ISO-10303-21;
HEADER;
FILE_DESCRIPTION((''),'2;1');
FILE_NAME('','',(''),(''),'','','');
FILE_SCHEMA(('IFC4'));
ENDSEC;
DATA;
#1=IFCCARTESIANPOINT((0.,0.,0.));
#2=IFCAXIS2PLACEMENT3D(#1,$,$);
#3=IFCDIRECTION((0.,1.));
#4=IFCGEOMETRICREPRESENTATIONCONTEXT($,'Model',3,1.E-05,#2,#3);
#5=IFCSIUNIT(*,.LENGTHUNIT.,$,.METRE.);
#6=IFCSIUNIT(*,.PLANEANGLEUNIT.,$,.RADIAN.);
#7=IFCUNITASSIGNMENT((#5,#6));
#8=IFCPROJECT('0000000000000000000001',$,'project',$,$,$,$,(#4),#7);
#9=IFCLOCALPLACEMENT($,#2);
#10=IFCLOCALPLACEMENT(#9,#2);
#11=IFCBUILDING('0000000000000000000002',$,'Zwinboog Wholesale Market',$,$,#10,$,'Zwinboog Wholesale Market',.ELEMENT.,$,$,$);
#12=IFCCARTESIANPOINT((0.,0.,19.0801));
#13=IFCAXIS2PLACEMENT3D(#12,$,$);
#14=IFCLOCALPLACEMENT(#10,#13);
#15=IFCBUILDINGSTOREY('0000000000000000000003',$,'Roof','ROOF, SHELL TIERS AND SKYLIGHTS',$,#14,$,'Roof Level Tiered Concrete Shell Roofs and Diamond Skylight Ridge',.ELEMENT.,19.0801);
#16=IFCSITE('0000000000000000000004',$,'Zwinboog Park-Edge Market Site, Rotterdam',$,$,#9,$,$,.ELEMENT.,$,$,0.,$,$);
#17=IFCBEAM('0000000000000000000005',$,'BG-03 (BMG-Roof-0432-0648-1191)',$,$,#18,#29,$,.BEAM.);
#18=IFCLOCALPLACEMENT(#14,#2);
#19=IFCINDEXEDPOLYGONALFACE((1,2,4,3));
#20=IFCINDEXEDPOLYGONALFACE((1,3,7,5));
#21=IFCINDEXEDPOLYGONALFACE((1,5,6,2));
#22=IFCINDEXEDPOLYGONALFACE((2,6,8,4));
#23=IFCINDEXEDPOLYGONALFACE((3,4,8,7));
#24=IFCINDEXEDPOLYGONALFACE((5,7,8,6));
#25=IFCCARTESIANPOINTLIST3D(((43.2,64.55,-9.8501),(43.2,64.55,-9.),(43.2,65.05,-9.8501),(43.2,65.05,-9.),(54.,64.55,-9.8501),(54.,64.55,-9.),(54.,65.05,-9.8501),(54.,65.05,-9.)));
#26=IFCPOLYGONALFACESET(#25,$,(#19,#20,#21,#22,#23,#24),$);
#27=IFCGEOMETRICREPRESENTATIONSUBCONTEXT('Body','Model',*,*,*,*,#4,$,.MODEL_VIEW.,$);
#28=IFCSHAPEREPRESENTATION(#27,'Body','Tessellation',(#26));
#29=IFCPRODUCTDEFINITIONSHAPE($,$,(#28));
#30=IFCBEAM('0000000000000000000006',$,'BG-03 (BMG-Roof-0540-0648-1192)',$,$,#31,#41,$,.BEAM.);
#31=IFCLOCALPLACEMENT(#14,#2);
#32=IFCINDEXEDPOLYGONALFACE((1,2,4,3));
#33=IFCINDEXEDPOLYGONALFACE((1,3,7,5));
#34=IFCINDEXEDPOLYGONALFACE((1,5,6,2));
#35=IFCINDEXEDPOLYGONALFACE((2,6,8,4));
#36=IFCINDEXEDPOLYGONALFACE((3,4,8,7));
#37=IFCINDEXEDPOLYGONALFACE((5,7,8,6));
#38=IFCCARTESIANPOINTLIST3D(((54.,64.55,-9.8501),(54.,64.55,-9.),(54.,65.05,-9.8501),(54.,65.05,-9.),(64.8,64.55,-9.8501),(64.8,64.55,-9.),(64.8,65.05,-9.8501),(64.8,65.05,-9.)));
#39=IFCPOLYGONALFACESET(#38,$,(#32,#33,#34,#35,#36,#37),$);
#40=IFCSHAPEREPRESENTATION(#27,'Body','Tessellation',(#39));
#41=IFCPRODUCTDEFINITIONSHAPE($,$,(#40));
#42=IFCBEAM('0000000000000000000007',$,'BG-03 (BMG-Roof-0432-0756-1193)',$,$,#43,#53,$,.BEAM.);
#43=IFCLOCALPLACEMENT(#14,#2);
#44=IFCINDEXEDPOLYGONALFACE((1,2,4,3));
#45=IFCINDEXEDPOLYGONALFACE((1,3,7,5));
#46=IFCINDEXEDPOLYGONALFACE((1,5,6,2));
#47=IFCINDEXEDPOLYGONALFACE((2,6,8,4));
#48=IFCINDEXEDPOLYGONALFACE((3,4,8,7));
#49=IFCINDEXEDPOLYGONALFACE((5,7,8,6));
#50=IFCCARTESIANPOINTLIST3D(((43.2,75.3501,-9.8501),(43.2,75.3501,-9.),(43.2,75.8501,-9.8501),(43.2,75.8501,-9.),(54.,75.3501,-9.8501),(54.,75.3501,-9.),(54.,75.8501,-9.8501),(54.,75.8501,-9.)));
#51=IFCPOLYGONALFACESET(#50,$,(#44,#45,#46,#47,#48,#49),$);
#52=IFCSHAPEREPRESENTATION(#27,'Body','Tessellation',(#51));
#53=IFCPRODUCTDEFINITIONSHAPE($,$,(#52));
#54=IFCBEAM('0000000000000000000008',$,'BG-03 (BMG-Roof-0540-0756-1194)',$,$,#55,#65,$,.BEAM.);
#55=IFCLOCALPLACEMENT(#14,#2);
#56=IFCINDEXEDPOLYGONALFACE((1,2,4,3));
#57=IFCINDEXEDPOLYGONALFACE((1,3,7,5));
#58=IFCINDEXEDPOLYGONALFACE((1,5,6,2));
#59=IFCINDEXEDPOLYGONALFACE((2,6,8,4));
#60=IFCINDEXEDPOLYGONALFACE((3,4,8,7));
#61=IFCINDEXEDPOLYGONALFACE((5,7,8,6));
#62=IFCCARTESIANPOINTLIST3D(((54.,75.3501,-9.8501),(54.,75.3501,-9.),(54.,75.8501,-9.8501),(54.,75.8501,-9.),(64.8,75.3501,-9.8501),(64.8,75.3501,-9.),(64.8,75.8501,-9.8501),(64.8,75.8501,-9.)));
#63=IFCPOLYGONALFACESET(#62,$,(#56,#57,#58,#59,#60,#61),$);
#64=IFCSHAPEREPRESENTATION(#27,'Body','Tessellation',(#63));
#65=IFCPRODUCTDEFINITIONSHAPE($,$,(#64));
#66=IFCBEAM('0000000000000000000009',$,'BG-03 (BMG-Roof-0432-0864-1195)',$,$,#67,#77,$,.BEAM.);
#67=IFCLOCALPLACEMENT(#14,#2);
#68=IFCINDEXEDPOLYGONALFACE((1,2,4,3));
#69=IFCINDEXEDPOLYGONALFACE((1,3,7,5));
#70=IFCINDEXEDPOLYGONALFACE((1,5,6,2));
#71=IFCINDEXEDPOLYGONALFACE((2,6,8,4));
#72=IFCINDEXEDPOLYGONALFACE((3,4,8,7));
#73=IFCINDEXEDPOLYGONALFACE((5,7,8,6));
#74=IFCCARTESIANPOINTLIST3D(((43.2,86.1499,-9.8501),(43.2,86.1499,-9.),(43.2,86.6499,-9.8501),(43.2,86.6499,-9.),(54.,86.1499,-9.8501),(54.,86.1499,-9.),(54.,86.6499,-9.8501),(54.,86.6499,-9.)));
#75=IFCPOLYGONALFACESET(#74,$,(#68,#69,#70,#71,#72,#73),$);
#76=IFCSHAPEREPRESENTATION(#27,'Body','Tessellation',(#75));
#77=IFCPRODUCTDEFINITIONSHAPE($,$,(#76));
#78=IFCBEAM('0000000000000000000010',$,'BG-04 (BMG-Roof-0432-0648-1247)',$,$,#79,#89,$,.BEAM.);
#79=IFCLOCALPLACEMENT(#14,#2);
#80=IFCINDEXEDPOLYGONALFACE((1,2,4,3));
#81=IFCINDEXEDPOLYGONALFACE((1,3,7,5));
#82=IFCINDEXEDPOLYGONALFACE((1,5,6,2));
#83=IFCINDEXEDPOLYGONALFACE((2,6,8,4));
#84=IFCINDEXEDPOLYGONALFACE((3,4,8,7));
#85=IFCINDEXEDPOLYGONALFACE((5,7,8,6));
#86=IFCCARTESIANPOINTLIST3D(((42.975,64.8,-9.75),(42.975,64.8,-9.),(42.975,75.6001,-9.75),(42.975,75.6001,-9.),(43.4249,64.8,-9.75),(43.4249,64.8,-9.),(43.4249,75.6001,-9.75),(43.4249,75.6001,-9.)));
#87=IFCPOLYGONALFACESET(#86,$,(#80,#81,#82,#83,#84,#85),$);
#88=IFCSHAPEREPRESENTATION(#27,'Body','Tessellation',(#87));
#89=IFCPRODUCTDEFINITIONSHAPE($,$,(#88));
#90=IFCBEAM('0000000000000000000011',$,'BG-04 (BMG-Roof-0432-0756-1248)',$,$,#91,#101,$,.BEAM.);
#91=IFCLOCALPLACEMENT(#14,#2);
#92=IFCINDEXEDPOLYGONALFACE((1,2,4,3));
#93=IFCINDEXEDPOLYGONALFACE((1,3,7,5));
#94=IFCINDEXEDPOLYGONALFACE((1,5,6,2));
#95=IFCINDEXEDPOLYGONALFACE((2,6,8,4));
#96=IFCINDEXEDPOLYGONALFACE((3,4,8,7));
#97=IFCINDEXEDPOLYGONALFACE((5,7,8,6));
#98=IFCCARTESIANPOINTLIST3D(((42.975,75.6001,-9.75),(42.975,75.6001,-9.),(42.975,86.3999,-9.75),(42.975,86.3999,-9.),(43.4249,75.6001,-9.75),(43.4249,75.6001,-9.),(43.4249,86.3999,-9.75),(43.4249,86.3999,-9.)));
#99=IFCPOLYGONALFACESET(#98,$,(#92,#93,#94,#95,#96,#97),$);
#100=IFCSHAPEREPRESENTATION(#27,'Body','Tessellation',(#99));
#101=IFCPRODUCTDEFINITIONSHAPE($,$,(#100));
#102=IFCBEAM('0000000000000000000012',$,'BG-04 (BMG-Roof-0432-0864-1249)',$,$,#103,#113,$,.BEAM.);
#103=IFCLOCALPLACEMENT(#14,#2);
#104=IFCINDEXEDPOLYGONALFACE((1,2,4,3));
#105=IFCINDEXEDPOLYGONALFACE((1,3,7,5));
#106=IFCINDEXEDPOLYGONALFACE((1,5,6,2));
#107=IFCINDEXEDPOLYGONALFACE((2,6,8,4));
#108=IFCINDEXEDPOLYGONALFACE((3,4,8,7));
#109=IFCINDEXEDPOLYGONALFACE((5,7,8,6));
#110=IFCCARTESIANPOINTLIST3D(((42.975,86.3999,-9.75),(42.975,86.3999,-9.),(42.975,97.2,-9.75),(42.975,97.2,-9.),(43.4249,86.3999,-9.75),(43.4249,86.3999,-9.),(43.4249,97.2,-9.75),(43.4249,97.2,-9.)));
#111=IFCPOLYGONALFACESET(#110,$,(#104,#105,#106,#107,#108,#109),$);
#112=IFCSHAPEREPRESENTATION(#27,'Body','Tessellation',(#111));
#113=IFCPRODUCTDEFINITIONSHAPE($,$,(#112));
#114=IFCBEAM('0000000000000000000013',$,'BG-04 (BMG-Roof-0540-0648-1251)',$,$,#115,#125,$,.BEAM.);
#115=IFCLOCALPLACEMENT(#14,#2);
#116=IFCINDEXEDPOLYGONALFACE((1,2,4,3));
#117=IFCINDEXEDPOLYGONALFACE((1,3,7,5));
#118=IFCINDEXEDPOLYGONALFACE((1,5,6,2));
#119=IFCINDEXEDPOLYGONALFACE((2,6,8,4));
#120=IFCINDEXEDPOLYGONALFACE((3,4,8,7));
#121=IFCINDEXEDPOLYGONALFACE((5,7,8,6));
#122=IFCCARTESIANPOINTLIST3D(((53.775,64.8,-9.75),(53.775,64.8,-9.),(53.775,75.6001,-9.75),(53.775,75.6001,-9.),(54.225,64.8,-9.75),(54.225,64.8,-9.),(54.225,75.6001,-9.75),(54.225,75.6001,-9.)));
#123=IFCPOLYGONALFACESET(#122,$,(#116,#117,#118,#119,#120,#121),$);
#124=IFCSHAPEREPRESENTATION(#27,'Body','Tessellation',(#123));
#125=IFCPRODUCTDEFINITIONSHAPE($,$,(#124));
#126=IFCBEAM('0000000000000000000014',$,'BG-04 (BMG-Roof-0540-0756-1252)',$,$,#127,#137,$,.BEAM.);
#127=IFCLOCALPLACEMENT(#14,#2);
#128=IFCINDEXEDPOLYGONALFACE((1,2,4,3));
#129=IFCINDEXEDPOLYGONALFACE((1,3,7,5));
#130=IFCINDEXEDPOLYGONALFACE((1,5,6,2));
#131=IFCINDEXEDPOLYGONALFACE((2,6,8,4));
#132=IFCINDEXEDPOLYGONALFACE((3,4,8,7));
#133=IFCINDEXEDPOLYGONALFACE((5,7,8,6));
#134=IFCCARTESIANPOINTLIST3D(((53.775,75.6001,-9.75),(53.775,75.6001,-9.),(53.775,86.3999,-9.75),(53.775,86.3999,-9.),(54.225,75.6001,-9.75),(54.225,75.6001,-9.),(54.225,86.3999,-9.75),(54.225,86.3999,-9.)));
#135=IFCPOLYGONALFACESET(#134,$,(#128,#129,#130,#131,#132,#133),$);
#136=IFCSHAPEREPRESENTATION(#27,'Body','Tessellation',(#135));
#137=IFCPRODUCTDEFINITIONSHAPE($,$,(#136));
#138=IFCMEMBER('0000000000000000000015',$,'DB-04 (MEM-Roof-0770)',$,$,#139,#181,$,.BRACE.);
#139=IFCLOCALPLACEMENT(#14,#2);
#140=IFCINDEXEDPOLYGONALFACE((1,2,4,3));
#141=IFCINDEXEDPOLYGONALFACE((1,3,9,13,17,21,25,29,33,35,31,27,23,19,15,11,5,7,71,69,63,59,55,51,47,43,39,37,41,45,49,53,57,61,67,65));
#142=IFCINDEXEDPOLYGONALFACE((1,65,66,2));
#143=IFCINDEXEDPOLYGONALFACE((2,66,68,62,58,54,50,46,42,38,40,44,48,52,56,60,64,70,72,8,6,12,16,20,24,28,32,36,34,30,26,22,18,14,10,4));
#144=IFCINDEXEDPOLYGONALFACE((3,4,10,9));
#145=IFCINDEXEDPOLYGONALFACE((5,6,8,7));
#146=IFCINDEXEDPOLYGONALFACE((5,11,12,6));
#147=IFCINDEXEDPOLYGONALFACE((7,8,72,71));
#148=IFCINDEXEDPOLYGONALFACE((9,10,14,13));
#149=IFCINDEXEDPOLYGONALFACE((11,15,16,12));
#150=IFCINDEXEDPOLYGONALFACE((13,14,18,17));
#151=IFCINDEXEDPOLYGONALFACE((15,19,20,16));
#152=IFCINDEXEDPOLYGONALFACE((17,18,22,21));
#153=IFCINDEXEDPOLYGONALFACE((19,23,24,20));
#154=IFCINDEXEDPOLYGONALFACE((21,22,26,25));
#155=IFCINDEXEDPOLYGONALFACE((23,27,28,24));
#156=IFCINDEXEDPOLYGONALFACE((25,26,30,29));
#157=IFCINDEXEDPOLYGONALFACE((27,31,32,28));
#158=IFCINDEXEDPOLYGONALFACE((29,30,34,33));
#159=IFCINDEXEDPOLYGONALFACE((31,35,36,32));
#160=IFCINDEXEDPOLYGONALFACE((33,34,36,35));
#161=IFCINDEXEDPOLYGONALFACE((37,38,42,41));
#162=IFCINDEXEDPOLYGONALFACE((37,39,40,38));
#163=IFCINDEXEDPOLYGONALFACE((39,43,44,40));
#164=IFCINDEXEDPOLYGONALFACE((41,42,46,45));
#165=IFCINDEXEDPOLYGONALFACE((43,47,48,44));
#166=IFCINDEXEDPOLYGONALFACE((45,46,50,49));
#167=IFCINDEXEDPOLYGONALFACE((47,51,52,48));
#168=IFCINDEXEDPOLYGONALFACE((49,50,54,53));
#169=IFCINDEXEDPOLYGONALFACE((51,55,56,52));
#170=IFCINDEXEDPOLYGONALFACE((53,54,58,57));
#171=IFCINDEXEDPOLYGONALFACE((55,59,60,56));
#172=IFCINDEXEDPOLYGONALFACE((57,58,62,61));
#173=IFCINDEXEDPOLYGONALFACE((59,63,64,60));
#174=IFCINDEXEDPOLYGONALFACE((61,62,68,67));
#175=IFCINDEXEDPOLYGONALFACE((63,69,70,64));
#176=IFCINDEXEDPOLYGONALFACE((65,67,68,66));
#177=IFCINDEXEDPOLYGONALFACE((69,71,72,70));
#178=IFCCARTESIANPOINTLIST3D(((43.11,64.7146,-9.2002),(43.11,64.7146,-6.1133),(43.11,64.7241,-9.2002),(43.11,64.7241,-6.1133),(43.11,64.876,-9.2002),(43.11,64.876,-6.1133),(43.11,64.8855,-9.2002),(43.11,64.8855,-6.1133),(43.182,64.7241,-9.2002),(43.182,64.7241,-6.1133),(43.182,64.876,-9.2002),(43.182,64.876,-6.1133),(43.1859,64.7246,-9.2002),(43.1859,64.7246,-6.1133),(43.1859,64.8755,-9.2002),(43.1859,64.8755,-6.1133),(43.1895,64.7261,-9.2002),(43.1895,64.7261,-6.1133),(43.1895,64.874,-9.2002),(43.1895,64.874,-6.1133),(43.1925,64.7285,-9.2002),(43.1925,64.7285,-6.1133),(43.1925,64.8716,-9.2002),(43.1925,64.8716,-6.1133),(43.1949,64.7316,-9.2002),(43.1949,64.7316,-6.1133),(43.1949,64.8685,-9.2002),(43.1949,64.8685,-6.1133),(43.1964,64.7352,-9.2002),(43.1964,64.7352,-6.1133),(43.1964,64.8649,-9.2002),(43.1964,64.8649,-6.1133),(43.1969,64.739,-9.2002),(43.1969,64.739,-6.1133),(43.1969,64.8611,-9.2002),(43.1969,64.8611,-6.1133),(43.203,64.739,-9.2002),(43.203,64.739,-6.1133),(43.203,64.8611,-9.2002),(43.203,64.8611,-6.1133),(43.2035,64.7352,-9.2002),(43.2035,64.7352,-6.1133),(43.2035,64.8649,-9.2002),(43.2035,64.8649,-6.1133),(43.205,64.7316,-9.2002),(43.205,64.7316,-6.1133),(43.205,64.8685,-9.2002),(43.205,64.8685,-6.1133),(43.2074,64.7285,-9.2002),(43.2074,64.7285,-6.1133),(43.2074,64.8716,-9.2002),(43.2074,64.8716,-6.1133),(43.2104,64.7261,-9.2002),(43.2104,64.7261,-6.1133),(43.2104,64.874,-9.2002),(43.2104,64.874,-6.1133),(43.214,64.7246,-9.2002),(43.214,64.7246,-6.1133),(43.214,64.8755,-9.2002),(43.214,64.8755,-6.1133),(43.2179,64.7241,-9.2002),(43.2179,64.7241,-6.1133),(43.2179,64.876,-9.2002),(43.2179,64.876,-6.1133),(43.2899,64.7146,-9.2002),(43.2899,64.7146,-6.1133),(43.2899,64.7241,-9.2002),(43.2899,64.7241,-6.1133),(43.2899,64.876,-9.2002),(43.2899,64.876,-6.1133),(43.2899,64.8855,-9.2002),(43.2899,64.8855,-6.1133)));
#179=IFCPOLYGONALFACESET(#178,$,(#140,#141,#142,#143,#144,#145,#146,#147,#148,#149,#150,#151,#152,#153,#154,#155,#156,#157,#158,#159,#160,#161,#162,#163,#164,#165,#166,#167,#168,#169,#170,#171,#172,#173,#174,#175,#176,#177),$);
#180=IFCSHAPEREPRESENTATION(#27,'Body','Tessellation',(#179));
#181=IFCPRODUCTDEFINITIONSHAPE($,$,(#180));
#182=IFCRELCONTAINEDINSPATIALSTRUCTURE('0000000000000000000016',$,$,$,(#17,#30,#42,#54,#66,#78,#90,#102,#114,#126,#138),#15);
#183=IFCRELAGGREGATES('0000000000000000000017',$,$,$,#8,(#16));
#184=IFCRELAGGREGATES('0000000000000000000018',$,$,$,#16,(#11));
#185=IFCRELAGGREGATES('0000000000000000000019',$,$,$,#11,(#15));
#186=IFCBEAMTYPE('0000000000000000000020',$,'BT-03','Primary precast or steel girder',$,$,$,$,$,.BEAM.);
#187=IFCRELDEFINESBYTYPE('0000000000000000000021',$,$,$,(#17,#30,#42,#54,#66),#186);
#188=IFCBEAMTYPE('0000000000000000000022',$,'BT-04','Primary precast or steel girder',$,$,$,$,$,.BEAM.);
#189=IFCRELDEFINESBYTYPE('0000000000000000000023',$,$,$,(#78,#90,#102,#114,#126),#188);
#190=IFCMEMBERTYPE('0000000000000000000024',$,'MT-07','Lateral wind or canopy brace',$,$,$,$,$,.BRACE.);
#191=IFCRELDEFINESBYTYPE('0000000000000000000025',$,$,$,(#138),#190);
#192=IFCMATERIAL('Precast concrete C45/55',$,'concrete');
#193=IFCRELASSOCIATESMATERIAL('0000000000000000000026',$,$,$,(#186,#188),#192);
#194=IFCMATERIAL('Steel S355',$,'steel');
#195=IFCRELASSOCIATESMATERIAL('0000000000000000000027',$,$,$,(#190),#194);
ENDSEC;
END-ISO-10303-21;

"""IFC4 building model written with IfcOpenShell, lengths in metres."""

from ifc_helpers import new_model, si_unit, direction, frame, origin, origin_2d, place, context, subcontext, project, spatial, rectangle, i_section, extrude, material, material_profile, profile_set, type_object, element, save


model = new_model("IFC4")

# Units and contexts
model_context = context("Model", 3, precision=1e-05, world=origin(), true_north=direction((0.0, 1.0)))
body_context = subcontext(model_context, "Body", "Model", "MODEL_VIEW")
ifc_project = project(units=[si_unit("LENGTHUNIT", "METRE"), si_unit("PLANEANGLEUNIT", "RADIAN")], contexts=[model_context])

# Site, building, storey
site_placement = place(None, origin())
site = spatial("IfcSite", under=ifc_project, at=site_placement, Name="Zwinboog Park-Edge Market Site, Rotterdam", CompositionType="ELEMENT", RefElevation=0.0)
building_placement = place(site_placement, origin())
building = spatial("IfcBuilding", under=site, at=building_placement, Name="Zwinboog Wholesale Market", LongName="Zwinboog Wholesale Market", CompositionType="ELEMENT")
storey_placement = place(building_placement, frame((0.0, 0.0, 19.0801)))
storey = spatial("IfcBuildingStorey", under=building, at=storey_placement, Name="Roof", Description="ROOF, SHELL TIERS AND SKYLIGHTS", LongName="Roof Level Tiered Concrete Shell Roofs and Diamond Skylight Ridge", CompositionType="ELEMENT", Elevation=19.0801)

# Beams
ifc_material_1 = material(Name="Precast concrete C45/55", Category="concrete")
ifc_material_profile_1 = material_profile(ifc_material_1, rectangle(XDim=0.5, YDim=0.8501, at=origin_2d()), Name="PC 500x850")
ifc_profile_set_1 = profile_set([ifc_material_profile_1], Name="Precast concrete C45/55")
beam_type_1 = type_object("IfcBeamType", Name="BT-03", Description="Primary precast or steel girder", PredefinedType="BEAM", material=ifc_profile_set_1)
for number, where, z_axis, x_axis, name in (
    (1, (43.2, 64.8, -9.425), (1.0, 0.0, 0.0), (0.0, 1.0, 0.0), "BG-03 (BMG-Roof-0432-0648-1191)"),
    (2, (54.0, 64.8, -9.425), (1.0, 0.0, 0.0), (0.0, 1.0, 0.0), "BG-03 (BMG-Roof-0540-0648-1192)"),
    (3, (43.2, 75.6001, -9.425), (1.0, 0.0, 0.0), (0.0, 1.0, 0.0), "BG-03 (BMG-Roof-0432-0756-1193)"),
    (4, (54.0, 75.6001, -9.425), (1.0, 0.0, 0.0), (0.0, 1.0, 0.0), "BG-03 (BMG-Roof-0540-0756-1194)"),
    (5, (43.2, 86.3999, -9.425), (1.0, 0.0, 0.0), (0.0, 1.0, 0.0), "BG-03 (BMG-Roof-0432-0864-1195)"),
):
    element("IfcBeam", number, at=place(storey_placement, frame(where, z_axis=z_axis, x_axis=x_axis)), inside=storey, type_object=beam_type_1, Name=name, PredefinedType="BEAM", context=body_context, shape_type="SweptSolid", body=[
        extrude(rectangle(XDim=0.5, YDim=0.8501, at=origin_2d()), origin(), (0.0, 0.0, 1.0), 10.8),
    ])
ifc_material_profile_2 = material_profile(ifc_material_1, rectangle(XDim=0.45, YDim=0.75, at=origin_2d()), Name="PC 450x750")
ifc_profile_set_2 = profile_set([ifc_material_profile_2], Name="Precast concrete C45/55")
beam_type_2 = type_object("IfcBeamType", Name="BT-04", Description="Primary precast or steel girder", PredefinedType="BEAM", material=ifc_profile_set_2)
beam_1_placement = place(storey_placement, frame((43.2, 64.8, -9.375), z_axis=(0.0, 1.0, 0.0), x_axis=(-1.0, 0.0, 0.0)))
element("IfcBeam", 6, at=beam_1_placement, inside=storey, type_object=beam_type_2, Name="BG-04 (BMG-Roof-0432-0648-1247)", PredefinedType="BEAM", context=body_context, shape_type="SweptSolid", body=[
    extrude(rectangle(XDim=0.45, YDim=0.75, at=origin_2d()), origin(), (0.0, 0.0, 1.0), 10.8),
])
beam_2_placement = place(storey_placement, frame((43.2, 75.6001, -9.375), z_axis=(0.0, 1.0, 0.0), x_axis=(-1.0, 0.0, 0.0)))
element("IfcBeam", 7, at=beam_2_placement, inside=storey, type_object=beam_type_2, Name="BG-04 (BMG-Roof-0432-0756-1248)", PredefinedType="BEAM", context=body_context, shape_type="SweptSolid", body=[
    extrude(rectangle(XDim=0.45, YDim=0.75, at=origin_2d()), origin(), (0.0, 0.0, 1.0), 10.7998),
])
for number, where, z_axis, x_axis, name in (
    (8, (43.2, 86.3999, -9.375), (0.0, 1.0, 0.0), (-1.0, 0.0, 0.0), "BG-04 (BMG-Roof-0432-0864-1249)"),
    (9, (54.0, 64.8, -9.375), (0.0, 1.0, 0.0), (-1.0, 0.0, 0.0), "BG-04 (BMG-Roof-0540-0648-1251)"),
):
    element("IfcBeam", number, at=place(storey_placement, frame(where, z_axis=z_axis, x_axis=x_axis)), inside=storey, type_object=beam_type_2, Name=name, PredefinedType="BEAM", context=body_context, shape_type="SweptSolid", body=[
        extrude(rectangle(XDim=0.45, YDim=0.75, at=origin_2d()), origin(), (0.0, 0.0, 1.0), 10.8),
    ])
beam_3_placement = place(storey_placement, frame((54.0, 75.6001, -9.375), z_axis=(0.0, 1.0, 0.0), x_axis=(-1.0, 0.0, 0.0)))
element("IfcBeam", 10, at=beam_3_placement, inside=storey, type_object=beam_type_2, Name="BG-04 (BMG-Roof-0540-0756-1252)", PredefinedType="BEAM", context=body_context, shape_type="SweptSolid", body=[
    extrude(rectangle(XDim=0.45, YDim=0.75, at=origin_2d()), origin(), (0.0, 0.0, 1.0), 10.7998),
])

# Member
ifc_material_2 = material(Name="Steel S355", Category="steel")
ifc_material_profile_3 = material_profile(ifc_material_2, i_section(OverallWidth=0.1799, OverallDepth=0.1709, WebThickness=0.0061, FlangeThickness=0.0095, FilletRadius=0.0149, at=origin_2d()), Name="HEA 180")
ifc_profile_set_3 = profile_set([ifc_material_profile_3], Name="Steel S355")
member_type_1 = type_object("IfcMemberType", Name="MT-07", Description="Lateral wind or canopy brace", PredefinedType="BRACE", material=ifc_profile_set_3)
member_1_placement = place(storey_placement, frame((43.2, 64.8, -9.2002), z_axis=(0.0, 0.0, 1.0), x_axis=(1.0, 0.0, 0.0)))
element("IfcMember", 11, at=member_1_placement, inside=storey, type_object=member_type_1, Name="DB-04 (MEM-Roof-0770)", PredefinedType="BRACE", context=body_context, shape_type="SweptSolid", body=[
    extrude(i_section(OverallWidth=0.1799, OverallDepth=0.1709, WebThickness=0.0061, FlangeThickness=0.0095, FilletRadius=0.0149, at=origin_2d()), origin(), (0.0, 0.0, 1.0), 3.0869),
])

save(model, "model.ifc")
